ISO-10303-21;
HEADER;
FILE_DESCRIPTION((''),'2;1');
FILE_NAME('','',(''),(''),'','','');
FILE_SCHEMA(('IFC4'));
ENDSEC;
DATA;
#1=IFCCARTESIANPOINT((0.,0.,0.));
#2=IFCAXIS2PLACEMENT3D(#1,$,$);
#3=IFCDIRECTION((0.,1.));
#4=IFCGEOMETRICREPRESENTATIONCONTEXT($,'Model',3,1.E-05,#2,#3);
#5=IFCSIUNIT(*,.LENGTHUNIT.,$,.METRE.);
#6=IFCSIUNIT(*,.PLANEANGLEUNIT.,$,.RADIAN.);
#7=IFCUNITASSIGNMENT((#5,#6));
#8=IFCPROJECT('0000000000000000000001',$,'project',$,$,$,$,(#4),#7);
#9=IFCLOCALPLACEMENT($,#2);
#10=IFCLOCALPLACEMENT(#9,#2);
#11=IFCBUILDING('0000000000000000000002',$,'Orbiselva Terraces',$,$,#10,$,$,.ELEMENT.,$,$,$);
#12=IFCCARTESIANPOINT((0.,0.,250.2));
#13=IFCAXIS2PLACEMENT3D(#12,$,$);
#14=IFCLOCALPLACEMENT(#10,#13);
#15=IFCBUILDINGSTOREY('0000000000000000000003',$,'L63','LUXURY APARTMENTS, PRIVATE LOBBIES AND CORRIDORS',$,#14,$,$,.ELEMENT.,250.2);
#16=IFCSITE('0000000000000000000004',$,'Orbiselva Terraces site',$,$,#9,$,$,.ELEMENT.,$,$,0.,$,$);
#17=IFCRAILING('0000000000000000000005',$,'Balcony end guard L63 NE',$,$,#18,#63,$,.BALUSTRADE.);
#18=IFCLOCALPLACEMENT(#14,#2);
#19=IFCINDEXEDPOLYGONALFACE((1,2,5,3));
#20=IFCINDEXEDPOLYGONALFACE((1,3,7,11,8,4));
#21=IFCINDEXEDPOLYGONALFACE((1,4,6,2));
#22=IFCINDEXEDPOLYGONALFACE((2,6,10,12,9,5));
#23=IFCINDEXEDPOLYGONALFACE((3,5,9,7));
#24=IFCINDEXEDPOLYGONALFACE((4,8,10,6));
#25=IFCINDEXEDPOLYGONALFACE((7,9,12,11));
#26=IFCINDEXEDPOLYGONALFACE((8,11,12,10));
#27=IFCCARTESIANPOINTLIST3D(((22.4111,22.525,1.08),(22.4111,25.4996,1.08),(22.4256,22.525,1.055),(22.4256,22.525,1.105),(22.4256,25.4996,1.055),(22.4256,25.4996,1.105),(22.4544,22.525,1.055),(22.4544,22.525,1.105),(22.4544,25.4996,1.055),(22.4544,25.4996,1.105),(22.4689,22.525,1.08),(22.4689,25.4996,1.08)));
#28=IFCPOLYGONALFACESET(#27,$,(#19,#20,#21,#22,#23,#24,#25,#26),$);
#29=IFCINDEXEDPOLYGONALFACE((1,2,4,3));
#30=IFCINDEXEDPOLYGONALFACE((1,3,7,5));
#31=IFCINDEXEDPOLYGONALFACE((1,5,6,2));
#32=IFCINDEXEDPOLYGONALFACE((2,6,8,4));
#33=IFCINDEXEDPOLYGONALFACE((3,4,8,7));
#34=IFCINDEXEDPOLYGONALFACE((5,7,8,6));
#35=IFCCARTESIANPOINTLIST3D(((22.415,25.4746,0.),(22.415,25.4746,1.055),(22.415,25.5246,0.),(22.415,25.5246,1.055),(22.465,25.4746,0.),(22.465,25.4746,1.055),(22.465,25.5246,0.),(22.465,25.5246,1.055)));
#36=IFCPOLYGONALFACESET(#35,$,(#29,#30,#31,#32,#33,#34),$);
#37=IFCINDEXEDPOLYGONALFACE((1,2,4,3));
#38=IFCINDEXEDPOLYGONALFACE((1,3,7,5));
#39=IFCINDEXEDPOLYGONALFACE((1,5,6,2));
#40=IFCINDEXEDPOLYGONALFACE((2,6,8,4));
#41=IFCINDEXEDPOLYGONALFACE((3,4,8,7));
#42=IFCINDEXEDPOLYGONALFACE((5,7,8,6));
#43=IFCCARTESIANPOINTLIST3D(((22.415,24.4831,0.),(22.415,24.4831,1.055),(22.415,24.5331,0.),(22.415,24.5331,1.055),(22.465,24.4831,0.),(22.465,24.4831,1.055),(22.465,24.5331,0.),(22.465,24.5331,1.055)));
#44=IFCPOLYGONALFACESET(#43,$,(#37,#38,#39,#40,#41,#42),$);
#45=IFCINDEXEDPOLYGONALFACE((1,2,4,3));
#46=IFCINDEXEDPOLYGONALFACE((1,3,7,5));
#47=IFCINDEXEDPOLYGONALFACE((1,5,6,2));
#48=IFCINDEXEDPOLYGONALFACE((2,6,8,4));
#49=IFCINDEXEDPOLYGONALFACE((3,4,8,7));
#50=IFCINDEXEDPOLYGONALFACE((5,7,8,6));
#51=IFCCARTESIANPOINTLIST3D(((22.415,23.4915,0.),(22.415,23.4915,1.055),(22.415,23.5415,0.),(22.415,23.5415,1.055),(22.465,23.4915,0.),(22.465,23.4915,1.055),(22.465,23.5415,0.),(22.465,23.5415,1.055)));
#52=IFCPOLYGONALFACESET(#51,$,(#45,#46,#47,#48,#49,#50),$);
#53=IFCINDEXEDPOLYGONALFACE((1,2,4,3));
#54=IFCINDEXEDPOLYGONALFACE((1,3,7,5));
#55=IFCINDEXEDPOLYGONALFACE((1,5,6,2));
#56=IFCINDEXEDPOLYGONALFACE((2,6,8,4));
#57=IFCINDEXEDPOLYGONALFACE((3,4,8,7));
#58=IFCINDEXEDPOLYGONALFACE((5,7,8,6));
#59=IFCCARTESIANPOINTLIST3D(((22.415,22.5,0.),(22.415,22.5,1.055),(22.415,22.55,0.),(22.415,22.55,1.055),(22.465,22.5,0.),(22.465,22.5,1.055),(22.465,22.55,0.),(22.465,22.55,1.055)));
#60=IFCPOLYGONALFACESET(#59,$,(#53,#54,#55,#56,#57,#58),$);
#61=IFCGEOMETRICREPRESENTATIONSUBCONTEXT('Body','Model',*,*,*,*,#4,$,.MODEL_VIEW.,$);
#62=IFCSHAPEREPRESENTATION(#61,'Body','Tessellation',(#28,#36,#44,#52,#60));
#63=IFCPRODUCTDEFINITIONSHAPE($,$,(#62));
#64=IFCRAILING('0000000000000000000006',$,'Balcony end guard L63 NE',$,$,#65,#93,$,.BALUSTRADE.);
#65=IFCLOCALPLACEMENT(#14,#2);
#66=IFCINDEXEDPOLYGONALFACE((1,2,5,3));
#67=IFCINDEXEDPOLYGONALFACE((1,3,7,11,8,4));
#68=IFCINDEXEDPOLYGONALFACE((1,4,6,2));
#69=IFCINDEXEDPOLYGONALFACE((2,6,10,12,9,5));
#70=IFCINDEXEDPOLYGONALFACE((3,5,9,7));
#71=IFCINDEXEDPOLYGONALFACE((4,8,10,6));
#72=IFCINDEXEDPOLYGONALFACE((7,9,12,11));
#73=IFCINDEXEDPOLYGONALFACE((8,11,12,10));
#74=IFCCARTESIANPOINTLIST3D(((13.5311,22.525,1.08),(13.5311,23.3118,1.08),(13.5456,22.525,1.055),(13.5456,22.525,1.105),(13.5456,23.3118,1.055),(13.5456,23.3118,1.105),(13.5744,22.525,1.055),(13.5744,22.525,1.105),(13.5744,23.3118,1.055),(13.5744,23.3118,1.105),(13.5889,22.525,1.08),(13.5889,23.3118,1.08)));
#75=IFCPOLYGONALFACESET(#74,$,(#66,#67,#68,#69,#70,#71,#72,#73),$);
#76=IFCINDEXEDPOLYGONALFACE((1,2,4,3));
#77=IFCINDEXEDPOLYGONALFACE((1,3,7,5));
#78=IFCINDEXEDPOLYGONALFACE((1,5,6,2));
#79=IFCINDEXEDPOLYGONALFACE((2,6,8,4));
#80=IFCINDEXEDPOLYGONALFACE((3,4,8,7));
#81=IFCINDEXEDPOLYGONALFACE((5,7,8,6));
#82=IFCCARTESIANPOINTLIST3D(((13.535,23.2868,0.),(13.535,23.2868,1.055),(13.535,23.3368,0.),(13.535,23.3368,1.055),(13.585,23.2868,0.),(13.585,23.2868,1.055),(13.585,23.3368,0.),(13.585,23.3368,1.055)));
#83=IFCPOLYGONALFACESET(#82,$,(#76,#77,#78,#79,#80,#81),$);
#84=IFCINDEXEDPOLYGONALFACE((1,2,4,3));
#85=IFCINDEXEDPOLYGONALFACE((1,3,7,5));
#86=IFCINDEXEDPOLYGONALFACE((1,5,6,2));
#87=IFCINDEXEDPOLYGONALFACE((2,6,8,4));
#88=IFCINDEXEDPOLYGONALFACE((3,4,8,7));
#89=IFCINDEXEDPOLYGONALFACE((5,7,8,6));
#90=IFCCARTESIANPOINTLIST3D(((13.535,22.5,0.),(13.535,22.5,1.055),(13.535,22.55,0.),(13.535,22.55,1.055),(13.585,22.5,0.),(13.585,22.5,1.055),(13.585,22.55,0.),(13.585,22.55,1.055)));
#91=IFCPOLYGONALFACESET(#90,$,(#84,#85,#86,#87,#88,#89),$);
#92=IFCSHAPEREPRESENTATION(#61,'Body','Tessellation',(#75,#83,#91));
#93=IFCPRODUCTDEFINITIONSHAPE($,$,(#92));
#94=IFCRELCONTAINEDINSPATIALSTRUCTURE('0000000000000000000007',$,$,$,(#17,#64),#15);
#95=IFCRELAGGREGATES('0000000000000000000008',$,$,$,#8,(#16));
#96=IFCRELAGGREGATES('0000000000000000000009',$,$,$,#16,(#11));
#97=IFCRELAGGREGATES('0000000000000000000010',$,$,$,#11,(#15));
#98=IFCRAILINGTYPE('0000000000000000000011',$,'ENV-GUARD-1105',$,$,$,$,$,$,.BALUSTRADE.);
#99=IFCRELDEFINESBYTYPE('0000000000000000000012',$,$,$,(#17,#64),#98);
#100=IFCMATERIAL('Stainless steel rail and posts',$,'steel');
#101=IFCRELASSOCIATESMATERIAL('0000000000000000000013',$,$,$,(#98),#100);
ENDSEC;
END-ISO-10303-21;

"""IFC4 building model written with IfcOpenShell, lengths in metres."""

from ifc_helpers import new_model, si_unit, direction, frame, origin, origin_2d, place, context, subcontext, project, spatial, polyline, rectangle, outline, extrude, material, type_object, element, save


model = new_model("IFC4")

# Units and contexts
model_context = context("Model", 3, precision=1e-05, world=origin(), true_north=direction((0.0, 1.0)))
body_context = subcontext(model_context, "Body", "Model", "MODEL_VIEW")
ifc_project = project(units=[si_unit("LENGTHUNIT", "METRE"), si_unit("PLANEANGLEUNIT", "RADIAN")], contexts=[model_context])

# Site, building, storey
site_placement = place(None, origin())
site = spatial("IfcSite", under=ifc_project, at=site_placement, Name="Orbiselva Terraces site", CompositionType="ELEMENT", RefElevation=0.0)
building_placement = place(site_placement, origin())
building = spatial("IfcBuilding", under=site, at=building_placement, Name="Orbiselva Terraces", CompositionType="ELEMENT")
storey_placement = place(building_placement, frame((0.0, 0.0, 250.2)))
storey = spatial("IfcBuildingStorey", under=building, at=storey_placement, Name="L63", Description="LUXURY APARTMENTS, PRIVATE LOBBIES AND CORRIDORS", CompositionType="ELEMENT", Elevation=250.2)

# Railings
ifc_material_1 = material(Name="Stainless steel rail and posts", Category="steel")
railing_type_1 = type_object("IfcRailingType", Name="ENV-GUARD-1105", PredefinedType="BALUSTRADE", material=ifc_material_1)
railing_1_placement = place(storey_placement, frame((22.44, 25.4996, 0.0)))
element("IfcRailing", 1, at=railing_1_placement, inside=storey, type_object=railing_type_1, Name="Balcony end guard L63 NE", PredefinedType="BALUSTRADE", context=body_context, shape_type="SweptSolid", body=[
    extrude(outline(polyline([(0.0289, 0.0), (0.0144, 0.025), (-0.0144, 0.025), (-0.0289, 0.0), (-0.0144, -0.025), (0.0144, -0.025), (0.0289, 0.0)])), frame((0.0, 0.0, 1.08), z_axis=(0.0, -1.0, 0.0), x_axis=(1.0, 0.0, 0.0)), (0.0, 0.0, 1.0), 2.9746),
    extrude(rectangle(XDim=0.05, YDim=0.05, at=origin_2d()), origin(), (0.0, 0.0, 1.0), 1.055),
    extrude(rectangle(XDim=0.05, YDim=0.05, at=origin_2d()), frame((0.0, -0.9915, 0.0)), (0.0, 0.0, 1.0), 1.055),
    extrude(rectangle(XDim=0.05, YDim=0.05, at=origin_2d()), frame((0.0, -1.9831, 0.0)), (0.0, 0.0, 1.0), 1.055),
    extrude(rectangle(XDim=0.05, YDim=0.05, at=origin_2d()), frame((0.0, -2.9746, 0.0)), (0.0, 0.0, 1.0), 1.055),
])
railing_2_placement = place(storey_placement, frame((13.56, 23.3118, 0.0)))
element("IfcRailing", 2, at=railing_2_placement, inside=storey, type_object=railing_type_1, Name="Balcony end guard L63 NE", PredefinedType="BALUSTRADE", context=body_context, shape_type="SweptSolid", body=[
    extrude(outline(polyline([(0.0289, 0.0), (0.0144, 0.025), (-0.0144, 0.025), (-0.0289, 0.0), (-0.0144, -0.025), (0.0144, -0.025), (0.0289, 0.0)])), frame((0.0, 0.0, 1.08), z_axis=(0.0, -1.0, 0.0), x_axis=(1.0, 0.0, 0.0)), (0.0, 0.0, 1.0), 0.7868),
    extrude(rectangle(XDim=0.05, YDim=0.05, at=origin_2d()), origin(), (0.0, 0.0, 1.0), 1.055),
    extrude(rectangle(XDim=0.05, YDim=0.05, at=origin_2d()), frame((0.0, -0.7868, 0.0)), (0.0, 0.0, 1.0), 1.055),
])

save(model, "model.ifc")
